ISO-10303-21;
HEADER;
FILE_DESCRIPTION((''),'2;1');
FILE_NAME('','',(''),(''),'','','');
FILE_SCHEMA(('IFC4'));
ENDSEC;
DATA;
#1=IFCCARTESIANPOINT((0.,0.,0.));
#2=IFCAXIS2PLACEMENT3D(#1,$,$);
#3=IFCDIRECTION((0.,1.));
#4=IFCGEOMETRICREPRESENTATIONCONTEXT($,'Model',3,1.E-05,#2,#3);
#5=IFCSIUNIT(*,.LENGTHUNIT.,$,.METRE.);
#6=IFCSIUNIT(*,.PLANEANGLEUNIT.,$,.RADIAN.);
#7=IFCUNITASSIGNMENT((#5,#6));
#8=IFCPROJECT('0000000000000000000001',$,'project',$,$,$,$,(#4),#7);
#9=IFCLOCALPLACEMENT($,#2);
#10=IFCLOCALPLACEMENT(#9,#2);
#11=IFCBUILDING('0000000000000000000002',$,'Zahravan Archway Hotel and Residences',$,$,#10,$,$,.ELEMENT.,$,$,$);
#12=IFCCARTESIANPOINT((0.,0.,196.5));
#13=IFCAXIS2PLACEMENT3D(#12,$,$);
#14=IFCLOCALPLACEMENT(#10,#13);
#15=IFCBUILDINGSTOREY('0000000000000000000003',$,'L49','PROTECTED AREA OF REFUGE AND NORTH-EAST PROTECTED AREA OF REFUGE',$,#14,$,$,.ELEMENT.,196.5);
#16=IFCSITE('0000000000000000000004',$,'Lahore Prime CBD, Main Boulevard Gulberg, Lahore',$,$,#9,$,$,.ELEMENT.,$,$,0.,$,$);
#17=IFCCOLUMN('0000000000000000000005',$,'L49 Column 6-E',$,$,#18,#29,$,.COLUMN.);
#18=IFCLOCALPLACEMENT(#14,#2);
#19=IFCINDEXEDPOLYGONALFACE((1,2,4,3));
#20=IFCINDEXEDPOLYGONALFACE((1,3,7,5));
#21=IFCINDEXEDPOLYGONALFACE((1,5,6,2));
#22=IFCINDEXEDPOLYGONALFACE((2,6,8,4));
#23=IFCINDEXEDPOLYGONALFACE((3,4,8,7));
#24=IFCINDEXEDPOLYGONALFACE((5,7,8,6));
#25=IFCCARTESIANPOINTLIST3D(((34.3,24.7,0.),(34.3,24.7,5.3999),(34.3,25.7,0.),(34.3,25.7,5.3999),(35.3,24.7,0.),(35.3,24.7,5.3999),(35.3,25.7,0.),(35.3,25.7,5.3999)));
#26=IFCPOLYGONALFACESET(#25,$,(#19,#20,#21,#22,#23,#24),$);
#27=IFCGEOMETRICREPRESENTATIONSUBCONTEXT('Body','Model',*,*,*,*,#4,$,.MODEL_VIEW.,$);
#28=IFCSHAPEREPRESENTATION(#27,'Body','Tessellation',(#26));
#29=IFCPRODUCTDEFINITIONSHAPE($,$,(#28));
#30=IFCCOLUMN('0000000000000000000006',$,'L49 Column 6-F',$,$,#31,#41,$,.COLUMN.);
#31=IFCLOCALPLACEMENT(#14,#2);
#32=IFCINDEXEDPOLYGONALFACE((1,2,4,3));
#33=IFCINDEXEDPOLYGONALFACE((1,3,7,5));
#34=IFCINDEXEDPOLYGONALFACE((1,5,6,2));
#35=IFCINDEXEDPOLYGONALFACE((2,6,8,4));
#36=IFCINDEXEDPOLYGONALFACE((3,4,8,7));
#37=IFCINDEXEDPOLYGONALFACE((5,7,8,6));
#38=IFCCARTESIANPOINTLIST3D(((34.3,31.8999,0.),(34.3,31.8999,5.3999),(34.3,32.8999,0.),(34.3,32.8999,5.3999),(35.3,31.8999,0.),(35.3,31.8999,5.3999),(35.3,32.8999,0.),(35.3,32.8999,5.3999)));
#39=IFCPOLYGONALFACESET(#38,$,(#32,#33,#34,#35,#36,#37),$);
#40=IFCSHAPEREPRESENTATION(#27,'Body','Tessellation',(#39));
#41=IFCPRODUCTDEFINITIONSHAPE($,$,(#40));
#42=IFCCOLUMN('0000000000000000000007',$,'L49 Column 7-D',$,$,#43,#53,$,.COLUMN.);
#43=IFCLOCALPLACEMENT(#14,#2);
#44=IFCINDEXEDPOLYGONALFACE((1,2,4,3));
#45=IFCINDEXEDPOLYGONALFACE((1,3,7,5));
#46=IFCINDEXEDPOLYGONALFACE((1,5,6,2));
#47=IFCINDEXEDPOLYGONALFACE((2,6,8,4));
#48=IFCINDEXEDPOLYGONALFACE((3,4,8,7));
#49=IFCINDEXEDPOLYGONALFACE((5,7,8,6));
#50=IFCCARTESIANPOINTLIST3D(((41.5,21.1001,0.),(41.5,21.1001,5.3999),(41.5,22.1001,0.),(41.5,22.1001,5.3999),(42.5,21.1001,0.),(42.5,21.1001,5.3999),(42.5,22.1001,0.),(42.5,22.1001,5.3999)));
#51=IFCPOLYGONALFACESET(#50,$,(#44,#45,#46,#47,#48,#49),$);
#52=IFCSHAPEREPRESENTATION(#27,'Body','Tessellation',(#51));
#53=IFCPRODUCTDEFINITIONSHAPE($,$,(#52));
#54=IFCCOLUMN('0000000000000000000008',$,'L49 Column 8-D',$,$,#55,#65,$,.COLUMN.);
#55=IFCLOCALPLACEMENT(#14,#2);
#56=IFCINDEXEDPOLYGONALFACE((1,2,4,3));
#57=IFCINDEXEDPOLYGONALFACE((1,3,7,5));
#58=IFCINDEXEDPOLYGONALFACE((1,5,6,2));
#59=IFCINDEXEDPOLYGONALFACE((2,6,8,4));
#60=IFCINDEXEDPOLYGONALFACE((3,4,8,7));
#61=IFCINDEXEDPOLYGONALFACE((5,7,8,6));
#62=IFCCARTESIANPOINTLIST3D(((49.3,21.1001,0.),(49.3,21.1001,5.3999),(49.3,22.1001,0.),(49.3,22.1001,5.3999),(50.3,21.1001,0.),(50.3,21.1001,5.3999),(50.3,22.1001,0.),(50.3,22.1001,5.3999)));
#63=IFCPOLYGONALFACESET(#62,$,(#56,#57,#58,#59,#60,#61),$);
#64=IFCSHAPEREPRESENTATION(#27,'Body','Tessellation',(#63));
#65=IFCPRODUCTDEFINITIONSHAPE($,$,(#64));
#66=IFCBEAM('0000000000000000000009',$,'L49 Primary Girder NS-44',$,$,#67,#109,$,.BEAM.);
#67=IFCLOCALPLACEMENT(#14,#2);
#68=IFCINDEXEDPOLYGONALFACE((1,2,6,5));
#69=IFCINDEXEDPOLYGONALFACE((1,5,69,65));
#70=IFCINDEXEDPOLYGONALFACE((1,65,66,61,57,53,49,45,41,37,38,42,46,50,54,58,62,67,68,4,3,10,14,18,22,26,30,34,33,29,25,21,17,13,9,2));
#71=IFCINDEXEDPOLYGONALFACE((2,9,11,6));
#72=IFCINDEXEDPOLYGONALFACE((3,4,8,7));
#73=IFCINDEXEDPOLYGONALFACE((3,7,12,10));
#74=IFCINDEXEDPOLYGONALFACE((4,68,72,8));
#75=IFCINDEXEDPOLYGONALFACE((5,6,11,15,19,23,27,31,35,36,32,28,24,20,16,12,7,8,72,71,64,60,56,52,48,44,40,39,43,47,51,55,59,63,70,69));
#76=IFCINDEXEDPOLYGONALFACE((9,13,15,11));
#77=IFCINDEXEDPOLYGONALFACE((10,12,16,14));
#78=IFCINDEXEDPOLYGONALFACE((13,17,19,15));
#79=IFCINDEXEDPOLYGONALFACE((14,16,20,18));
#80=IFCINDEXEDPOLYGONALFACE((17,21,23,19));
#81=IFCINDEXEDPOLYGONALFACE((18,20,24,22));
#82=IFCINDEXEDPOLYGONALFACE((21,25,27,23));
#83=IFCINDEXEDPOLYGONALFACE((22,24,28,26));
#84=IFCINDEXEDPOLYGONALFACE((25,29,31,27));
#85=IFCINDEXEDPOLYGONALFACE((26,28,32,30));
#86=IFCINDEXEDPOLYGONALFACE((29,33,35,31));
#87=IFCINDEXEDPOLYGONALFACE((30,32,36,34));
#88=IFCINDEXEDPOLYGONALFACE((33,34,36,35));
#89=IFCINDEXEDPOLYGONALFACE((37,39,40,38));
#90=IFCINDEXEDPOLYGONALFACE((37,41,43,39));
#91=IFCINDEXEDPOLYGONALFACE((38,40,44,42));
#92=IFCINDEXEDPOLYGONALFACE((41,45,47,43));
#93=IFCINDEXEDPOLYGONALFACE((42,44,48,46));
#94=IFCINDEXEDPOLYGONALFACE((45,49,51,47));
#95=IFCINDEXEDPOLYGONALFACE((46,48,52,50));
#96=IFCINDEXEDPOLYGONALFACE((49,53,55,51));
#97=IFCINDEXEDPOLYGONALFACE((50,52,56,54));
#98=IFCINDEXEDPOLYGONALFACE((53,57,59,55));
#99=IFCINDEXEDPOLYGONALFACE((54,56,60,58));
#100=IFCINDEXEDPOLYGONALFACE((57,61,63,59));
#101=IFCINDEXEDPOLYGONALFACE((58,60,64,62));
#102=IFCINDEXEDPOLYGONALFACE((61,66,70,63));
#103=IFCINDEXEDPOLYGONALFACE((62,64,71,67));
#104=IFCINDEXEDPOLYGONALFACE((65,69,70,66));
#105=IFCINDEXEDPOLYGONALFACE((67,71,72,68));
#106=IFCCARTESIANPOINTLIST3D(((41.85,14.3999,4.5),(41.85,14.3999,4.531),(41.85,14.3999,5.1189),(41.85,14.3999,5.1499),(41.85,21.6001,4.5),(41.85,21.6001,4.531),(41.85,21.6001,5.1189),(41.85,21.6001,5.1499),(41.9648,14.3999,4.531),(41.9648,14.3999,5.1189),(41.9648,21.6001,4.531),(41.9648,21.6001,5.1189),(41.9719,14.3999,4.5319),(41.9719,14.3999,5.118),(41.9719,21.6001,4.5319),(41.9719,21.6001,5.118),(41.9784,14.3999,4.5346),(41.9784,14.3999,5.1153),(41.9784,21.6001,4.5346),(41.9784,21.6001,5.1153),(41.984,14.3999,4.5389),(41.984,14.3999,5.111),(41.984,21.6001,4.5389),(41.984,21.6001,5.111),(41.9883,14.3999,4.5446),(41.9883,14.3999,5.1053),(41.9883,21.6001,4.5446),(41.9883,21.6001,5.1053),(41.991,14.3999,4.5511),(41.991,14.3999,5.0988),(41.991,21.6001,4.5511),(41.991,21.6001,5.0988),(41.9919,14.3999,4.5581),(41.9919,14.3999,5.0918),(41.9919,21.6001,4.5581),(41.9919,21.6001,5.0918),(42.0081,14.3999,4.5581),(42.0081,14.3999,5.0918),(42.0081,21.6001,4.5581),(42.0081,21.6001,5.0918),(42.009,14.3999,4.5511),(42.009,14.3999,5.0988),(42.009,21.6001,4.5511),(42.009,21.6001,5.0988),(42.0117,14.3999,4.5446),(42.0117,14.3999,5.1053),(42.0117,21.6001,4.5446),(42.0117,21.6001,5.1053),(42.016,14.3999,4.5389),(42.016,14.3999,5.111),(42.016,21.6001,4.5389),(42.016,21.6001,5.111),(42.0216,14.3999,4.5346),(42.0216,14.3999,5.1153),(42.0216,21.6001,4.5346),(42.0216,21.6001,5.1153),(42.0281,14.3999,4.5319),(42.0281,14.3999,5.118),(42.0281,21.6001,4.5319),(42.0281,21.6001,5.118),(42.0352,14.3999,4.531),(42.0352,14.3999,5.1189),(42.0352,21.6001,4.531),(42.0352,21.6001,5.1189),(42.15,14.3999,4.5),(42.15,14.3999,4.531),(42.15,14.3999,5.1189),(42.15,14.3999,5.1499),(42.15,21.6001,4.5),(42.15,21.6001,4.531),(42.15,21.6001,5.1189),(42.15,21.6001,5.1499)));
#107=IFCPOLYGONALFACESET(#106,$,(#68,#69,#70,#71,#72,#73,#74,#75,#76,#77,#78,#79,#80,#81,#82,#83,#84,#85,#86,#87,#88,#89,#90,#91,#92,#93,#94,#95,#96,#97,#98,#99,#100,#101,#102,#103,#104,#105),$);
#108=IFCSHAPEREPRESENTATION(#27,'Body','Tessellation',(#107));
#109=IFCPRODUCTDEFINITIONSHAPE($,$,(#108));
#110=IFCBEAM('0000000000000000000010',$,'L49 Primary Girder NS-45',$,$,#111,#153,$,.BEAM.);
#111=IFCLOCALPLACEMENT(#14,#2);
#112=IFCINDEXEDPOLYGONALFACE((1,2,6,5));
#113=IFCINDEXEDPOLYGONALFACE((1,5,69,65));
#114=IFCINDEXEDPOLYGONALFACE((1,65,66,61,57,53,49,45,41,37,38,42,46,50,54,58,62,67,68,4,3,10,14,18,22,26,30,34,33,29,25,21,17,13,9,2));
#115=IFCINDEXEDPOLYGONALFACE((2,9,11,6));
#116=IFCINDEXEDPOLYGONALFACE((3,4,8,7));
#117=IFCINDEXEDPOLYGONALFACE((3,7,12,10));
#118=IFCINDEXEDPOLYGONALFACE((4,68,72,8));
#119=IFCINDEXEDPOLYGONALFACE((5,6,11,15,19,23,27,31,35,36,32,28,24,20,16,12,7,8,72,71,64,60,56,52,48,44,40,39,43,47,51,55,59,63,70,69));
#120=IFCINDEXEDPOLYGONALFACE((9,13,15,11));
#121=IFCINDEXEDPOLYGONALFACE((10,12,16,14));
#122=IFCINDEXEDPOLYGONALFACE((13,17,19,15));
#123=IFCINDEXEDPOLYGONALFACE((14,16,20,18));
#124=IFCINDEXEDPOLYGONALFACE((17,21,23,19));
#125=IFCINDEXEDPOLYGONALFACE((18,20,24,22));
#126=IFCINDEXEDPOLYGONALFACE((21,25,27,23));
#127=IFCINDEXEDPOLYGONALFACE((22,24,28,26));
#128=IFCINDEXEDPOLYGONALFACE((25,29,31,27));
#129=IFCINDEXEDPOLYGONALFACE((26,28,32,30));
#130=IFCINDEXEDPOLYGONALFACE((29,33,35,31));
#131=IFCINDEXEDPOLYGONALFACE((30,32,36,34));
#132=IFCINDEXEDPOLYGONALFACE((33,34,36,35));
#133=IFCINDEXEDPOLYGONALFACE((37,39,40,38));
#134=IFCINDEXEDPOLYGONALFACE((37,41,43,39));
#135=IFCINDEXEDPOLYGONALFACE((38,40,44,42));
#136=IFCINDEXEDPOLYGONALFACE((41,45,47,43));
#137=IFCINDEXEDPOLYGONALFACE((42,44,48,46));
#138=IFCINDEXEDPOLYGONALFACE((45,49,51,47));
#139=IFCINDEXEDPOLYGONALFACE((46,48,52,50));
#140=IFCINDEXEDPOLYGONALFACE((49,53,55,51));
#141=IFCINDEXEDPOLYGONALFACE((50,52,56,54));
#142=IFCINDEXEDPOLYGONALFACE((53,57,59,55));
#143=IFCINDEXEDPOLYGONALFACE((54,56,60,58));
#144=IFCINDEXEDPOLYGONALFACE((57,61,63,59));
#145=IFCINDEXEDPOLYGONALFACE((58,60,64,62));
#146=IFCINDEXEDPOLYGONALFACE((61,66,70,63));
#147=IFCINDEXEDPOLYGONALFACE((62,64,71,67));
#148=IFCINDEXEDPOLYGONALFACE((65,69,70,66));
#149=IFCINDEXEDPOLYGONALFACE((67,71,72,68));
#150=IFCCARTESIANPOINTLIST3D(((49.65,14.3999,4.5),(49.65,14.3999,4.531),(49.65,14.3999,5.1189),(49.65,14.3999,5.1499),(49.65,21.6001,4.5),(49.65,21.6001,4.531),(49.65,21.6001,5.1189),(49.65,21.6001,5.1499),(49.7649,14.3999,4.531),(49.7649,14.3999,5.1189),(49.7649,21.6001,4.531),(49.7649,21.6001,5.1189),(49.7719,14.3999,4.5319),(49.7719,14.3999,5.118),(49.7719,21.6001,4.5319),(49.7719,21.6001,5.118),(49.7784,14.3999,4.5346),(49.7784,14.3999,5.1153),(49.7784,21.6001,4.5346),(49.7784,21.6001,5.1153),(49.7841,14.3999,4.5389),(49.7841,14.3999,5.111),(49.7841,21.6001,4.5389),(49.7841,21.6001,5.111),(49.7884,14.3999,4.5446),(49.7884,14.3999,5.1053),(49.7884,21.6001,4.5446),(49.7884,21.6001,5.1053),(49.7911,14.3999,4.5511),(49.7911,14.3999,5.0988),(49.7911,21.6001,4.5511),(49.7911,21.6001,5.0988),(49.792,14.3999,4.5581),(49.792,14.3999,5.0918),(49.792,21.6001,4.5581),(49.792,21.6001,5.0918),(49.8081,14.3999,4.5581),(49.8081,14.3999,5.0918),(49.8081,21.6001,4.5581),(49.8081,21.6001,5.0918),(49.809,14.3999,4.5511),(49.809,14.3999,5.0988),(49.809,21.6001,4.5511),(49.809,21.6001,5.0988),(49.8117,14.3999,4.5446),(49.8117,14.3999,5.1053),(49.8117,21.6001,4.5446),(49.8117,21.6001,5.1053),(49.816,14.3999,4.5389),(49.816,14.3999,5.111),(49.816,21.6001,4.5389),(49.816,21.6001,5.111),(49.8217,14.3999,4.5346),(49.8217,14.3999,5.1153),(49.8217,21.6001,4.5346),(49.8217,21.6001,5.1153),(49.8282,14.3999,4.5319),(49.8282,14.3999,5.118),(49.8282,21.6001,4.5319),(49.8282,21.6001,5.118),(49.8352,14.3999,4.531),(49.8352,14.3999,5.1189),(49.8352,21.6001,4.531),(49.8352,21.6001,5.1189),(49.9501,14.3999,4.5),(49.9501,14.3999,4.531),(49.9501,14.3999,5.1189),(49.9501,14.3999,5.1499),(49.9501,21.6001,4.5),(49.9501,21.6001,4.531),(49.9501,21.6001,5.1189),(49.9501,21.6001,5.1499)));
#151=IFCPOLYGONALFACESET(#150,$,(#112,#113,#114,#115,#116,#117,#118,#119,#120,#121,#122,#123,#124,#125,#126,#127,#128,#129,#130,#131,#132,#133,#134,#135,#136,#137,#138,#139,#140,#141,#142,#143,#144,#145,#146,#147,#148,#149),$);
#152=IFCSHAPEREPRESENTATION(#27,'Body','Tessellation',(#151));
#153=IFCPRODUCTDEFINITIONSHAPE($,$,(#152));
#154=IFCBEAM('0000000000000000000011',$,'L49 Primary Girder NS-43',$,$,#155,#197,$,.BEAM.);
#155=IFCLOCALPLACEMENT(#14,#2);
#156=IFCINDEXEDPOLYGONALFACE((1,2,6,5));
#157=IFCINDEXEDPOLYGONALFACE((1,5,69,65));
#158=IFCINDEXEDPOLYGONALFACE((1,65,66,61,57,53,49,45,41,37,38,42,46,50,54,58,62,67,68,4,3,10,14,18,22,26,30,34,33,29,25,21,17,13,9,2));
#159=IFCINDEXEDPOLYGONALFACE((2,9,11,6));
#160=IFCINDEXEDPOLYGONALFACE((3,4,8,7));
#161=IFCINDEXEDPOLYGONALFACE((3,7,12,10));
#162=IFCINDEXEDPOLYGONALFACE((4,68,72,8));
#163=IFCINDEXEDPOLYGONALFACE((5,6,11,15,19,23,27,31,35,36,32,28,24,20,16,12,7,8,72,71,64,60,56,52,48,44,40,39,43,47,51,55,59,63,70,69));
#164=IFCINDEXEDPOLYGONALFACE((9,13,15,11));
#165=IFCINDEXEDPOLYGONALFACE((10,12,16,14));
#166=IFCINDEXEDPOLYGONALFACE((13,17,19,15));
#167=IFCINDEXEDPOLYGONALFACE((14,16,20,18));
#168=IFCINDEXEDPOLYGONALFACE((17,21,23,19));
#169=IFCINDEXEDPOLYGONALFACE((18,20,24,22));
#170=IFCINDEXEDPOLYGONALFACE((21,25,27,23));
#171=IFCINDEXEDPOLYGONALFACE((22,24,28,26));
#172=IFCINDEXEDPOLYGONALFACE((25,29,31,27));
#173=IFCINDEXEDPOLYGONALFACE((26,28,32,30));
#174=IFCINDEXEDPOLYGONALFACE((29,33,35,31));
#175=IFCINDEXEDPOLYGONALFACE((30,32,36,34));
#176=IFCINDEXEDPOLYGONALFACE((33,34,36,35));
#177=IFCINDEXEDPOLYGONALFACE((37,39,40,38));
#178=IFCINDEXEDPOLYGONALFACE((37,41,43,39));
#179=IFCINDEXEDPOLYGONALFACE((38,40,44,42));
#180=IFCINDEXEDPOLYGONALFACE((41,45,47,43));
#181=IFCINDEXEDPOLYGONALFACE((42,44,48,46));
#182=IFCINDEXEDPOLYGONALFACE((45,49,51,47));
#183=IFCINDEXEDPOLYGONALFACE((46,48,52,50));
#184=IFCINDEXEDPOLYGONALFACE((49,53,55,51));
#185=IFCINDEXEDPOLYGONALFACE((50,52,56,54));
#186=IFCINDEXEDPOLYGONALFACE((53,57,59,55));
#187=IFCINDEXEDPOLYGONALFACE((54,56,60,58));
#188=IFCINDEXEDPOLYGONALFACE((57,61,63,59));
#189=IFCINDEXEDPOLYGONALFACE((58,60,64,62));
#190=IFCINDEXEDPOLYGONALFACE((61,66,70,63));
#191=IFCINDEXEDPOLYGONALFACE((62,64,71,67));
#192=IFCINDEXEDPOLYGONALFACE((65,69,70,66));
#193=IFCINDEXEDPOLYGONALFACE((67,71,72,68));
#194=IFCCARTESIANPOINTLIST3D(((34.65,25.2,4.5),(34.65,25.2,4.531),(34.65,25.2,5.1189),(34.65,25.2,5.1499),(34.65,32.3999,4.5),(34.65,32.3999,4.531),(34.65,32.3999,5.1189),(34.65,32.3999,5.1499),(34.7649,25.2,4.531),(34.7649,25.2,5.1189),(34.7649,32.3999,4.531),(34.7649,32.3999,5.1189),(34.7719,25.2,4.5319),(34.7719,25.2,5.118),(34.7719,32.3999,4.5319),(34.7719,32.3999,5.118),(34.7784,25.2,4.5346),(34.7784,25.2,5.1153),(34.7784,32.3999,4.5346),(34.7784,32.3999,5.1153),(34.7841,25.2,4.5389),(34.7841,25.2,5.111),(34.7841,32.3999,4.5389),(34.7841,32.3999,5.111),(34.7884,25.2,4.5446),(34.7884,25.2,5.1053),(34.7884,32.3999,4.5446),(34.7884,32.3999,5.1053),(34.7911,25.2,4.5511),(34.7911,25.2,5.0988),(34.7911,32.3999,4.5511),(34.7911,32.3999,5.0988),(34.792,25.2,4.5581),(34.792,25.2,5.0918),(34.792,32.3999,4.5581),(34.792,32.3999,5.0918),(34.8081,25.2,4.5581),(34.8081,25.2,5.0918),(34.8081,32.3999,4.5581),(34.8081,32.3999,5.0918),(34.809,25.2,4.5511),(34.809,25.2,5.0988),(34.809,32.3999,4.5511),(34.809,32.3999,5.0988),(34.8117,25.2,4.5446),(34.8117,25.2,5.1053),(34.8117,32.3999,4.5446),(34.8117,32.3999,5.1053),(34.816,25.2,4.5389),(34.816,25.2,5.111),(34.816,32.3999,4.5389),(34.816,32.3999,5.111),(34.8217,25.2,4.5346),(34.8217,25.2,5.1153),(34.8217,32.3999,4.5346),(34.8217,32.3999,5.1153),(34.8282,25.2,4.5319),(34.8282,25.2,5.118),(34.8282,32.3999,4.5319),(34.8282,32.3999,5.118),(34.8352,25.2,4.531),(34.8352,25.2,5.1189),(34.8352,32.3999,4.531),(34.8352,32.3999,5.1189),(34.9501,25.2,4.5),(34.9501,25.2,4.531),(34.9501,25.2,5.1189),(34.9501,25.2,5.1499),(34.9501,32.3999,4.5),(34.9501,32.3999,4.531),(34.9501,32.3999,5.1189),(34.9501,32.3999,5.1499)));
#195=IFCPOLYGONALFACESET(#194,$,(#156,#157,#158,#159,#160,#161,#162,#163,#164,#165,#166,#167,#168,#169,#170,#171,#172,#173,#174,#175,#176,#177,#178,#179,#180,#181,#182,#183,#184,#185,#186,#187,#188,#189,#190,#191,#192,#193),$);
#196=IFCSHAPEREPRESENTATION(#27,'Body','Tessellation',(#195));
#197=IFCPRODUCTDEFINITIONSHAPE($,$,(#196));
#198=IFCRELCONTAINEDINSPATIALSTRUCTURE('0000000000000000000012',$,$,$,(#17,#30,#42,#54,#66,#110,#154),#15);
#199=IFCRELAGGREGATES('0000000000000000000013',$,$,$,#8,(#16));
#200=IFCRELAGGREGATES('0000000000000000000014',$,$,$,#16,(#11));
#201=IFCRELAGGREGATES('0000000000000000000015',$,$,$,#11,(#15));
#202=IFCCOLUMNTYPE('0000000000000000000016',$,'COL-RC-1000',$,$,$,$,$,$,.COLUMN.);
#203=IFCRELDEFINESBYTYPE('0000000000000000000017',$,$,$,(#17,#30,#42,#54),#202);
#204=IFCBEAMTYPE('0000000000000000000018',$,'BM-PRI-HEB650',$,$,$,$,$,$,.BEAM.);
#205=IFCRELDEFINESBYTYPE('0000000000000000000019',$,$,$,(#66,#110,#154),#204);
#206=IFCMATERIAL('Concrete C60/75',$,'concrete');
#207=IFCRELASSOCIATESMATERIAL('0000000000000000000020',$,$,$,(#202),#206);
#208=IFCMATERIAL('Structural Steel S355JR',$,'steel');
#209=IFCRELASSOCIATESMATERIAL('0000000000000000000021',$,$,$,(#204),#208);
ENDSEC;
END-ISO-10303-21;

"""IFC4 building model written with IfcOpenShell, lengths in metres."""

from ifc_helpers import new_model, si_unit, direction, frame, origin, origin_2d, place, context, subcontext, project, spatial, rectangle, i_section, extrude, source, transform, mapped, material, material_profile, profile_set, type_object, type_shapes, element, save


model = new_model("IFC4")

# Units and contexts
model_context = context("Model", 3, precision=1e-05, world=origin(), true_north=direction((0.0, 1.0)))
body_context = subcontext(model_context, "Body", "Model", "MODEL_VIEW")
ifc_project = project(units=[si_unit("LENGTHUNIT", "METRE"), si_unit("PLANEANGLEUNIT", "RADIAN")], contexts=[model_context])

# Site, building, storey
site_placement = place(None, origin())
site = spatial("IfcSite", under=ifc_project, at=site_placement, Name="Lahore Prime CBD, Main Boulevard Gulberg, Lahore", CompositionType="ELEMENT", RefElevation=0.0)
building_placement = place(site_placement, origin())
building = spatial("IfcBuilding", under=site, at=building_placement, Name="Zahravan Archway Hotel and Residences", CompositionType="ELEMENT")
storey_placement = place(building_placement, frame((0.0, 0.0, 196.5)))
storey = spatial("IfcBuildingStorey", under=building, at=storey_placement, Name="L49", Description="PROTECTED AREA OF REFUGE AND NORTH-EAST PROTECTED AREA OF REFUGE", CompositionType="ELEMENT", Elevation=196.5)

# Columns
ifc_material_1 = material(Name="Concrete C60/75", Category="concrete")
ifc_material_profile_1 = material_profile(ifc_material_1, rectangle(XDim=1.0, YDim=1.0, at=origin_2d()), Name="RC-COL-1000x1000", Category="concrete")
ifc_profile_set_1 = profile_set([ifc_material_profile_1], Name="Concrete C60/75")
column_type = type_object("IfcColumnType", Name="COL-RC-1000", PredefinedType="COLUMN", material=ifc_profile_set_1)
shared_shape_1 = source(origin(), body_context, "Body", "SweptSolid", [
    extrude(rectangle(XDim=1.0, YDim=1.0, at=origin_2d()), origin(), (0.0, 0.0, 1.0), 5.3999),
])
for number, where, z_axis, x_axis, name in (
    (1, (34.8, 25.2, 0.0), (0.0, 0.0, 1.0), (1.0, 0.0, 0.0), "L49 Column 6-E"),
    (2, (34.8, 32.3999, 0.0), (0.0, 0.0, 1.0), (1.0, 0.0, 0.0), "L49 Column 6-F"),
    (3, (42.0, 21.6001, 0.0), (0.0, 0.0, 1.0), (1.0, 0.0, 0.0), "L49 Column 7-D"),
    (4, (49.8, 21.6001, 0.0), (0.0, 0.0, 1.0), (1.0, 0.0, 0.0), "L49 Column 8-D"),
):
    element("IfcColumn", number, at=place(storey_placement, frame(where, z_axis=z_axis, x_axis=x_axis)), inside=storey, type_object=column_type, Name=name, PredefinedType="COLUMN", context=body_context, shape_type="MappedRepresentation", body=[
        mapped(shared_shape_1, transform((0.0, 0.0, 0.0), scale=1.0)),
    ])

# Beams
ifc_material_2 = material(Name="Structural Steel S355JR", Category="steel")
ifc_material_profile_2 = material_profile(ifc_material_2, i_section(OverallWidth=0.3, OverallDepth=0.6499, WebThickness=0.0161, FlangeThickness=0.031, FilletRadius=0.0271, at=origin_2d()), Name="HEB 650", Category="steel")
ifc_profile_set_2 = profile_set([ifc_material_profile_2], Name="Structural Steel S355JR")
beam_type = type_object("IfcBeamType", Name="BM-PRI-HEB650", PredefinedType="BEAM", material=ifc_profile_set_2)
shared_shape_2 = source(origin(), body_context, "Body", "SweptSolid", [
    extrude(i_section(OverallWidth=0.3, OverallDepth=0.6499, WebThickness=0.0161, FlangeThickness=0.031, FilletRadius=0.0271, at=origin_2d()), origin(), (0.0, 0.0, 1.0), 7.2002),
])
type_shapes(beam_type, [shared_shape_2])
for number, where, z_axis, x_axis, name in (
    (5, (42.0, 14.3999, 4.825), (0.0, 1.0, 0.0), (-1.0, 0.0, 0.0), "L49 Primary Girder NS-44"),
    (6, (49.8, 14.3999, 4.825), (0.0, 1.0, 0.0), (-1.0, 0.0, 0.0), "L49 Primary Girder NS-45"),
):
    element("IfcBeam", number, at=place(storey_placement, frame(where, z_axis=z_axis, x_axis=x_axis)), inside=storey, type_object=beam_type, Name=name, PredefinedType="BEAM", context=body_context, shape_type="MappedRepresentation", body=[
        mapped(shared_shape_2, transform((0.0, 0.0, 0.0), scale=1.0)),
    ])
shared_shape_3 = source(origin(), body_context, "Body", "SweptSolid", [
    extrude(i_section(OverallWidth=0.3, OverallDepth=0.6499, WebThickness=0.0161, FlangeThickness=0.031, FilletRadius=0.0271, at=origin_2d()), origin(), (0.0, 0.0, 1.0), 7.2),
])
beam_1_placement = place(storey_placement, frame((34.8, 25.2, 4.825), z_axis=(0.0, 1.0, 0.0), x_axis=(-1.0, 0.0, 0.0)))
element("IfcBeam", 7, at=beam_1_placement, inside=storey, type_object=beam_type, Name="L49 Primary Girder NS-43", PredefinedType="BEAM", context=body_context, shape_type="MappedRepresentation", body=[
    mapped(shared_shape_3, transform((0.0, 0.0, 0.0), scale=1.0)),
])

save(model, "model.ifc")
